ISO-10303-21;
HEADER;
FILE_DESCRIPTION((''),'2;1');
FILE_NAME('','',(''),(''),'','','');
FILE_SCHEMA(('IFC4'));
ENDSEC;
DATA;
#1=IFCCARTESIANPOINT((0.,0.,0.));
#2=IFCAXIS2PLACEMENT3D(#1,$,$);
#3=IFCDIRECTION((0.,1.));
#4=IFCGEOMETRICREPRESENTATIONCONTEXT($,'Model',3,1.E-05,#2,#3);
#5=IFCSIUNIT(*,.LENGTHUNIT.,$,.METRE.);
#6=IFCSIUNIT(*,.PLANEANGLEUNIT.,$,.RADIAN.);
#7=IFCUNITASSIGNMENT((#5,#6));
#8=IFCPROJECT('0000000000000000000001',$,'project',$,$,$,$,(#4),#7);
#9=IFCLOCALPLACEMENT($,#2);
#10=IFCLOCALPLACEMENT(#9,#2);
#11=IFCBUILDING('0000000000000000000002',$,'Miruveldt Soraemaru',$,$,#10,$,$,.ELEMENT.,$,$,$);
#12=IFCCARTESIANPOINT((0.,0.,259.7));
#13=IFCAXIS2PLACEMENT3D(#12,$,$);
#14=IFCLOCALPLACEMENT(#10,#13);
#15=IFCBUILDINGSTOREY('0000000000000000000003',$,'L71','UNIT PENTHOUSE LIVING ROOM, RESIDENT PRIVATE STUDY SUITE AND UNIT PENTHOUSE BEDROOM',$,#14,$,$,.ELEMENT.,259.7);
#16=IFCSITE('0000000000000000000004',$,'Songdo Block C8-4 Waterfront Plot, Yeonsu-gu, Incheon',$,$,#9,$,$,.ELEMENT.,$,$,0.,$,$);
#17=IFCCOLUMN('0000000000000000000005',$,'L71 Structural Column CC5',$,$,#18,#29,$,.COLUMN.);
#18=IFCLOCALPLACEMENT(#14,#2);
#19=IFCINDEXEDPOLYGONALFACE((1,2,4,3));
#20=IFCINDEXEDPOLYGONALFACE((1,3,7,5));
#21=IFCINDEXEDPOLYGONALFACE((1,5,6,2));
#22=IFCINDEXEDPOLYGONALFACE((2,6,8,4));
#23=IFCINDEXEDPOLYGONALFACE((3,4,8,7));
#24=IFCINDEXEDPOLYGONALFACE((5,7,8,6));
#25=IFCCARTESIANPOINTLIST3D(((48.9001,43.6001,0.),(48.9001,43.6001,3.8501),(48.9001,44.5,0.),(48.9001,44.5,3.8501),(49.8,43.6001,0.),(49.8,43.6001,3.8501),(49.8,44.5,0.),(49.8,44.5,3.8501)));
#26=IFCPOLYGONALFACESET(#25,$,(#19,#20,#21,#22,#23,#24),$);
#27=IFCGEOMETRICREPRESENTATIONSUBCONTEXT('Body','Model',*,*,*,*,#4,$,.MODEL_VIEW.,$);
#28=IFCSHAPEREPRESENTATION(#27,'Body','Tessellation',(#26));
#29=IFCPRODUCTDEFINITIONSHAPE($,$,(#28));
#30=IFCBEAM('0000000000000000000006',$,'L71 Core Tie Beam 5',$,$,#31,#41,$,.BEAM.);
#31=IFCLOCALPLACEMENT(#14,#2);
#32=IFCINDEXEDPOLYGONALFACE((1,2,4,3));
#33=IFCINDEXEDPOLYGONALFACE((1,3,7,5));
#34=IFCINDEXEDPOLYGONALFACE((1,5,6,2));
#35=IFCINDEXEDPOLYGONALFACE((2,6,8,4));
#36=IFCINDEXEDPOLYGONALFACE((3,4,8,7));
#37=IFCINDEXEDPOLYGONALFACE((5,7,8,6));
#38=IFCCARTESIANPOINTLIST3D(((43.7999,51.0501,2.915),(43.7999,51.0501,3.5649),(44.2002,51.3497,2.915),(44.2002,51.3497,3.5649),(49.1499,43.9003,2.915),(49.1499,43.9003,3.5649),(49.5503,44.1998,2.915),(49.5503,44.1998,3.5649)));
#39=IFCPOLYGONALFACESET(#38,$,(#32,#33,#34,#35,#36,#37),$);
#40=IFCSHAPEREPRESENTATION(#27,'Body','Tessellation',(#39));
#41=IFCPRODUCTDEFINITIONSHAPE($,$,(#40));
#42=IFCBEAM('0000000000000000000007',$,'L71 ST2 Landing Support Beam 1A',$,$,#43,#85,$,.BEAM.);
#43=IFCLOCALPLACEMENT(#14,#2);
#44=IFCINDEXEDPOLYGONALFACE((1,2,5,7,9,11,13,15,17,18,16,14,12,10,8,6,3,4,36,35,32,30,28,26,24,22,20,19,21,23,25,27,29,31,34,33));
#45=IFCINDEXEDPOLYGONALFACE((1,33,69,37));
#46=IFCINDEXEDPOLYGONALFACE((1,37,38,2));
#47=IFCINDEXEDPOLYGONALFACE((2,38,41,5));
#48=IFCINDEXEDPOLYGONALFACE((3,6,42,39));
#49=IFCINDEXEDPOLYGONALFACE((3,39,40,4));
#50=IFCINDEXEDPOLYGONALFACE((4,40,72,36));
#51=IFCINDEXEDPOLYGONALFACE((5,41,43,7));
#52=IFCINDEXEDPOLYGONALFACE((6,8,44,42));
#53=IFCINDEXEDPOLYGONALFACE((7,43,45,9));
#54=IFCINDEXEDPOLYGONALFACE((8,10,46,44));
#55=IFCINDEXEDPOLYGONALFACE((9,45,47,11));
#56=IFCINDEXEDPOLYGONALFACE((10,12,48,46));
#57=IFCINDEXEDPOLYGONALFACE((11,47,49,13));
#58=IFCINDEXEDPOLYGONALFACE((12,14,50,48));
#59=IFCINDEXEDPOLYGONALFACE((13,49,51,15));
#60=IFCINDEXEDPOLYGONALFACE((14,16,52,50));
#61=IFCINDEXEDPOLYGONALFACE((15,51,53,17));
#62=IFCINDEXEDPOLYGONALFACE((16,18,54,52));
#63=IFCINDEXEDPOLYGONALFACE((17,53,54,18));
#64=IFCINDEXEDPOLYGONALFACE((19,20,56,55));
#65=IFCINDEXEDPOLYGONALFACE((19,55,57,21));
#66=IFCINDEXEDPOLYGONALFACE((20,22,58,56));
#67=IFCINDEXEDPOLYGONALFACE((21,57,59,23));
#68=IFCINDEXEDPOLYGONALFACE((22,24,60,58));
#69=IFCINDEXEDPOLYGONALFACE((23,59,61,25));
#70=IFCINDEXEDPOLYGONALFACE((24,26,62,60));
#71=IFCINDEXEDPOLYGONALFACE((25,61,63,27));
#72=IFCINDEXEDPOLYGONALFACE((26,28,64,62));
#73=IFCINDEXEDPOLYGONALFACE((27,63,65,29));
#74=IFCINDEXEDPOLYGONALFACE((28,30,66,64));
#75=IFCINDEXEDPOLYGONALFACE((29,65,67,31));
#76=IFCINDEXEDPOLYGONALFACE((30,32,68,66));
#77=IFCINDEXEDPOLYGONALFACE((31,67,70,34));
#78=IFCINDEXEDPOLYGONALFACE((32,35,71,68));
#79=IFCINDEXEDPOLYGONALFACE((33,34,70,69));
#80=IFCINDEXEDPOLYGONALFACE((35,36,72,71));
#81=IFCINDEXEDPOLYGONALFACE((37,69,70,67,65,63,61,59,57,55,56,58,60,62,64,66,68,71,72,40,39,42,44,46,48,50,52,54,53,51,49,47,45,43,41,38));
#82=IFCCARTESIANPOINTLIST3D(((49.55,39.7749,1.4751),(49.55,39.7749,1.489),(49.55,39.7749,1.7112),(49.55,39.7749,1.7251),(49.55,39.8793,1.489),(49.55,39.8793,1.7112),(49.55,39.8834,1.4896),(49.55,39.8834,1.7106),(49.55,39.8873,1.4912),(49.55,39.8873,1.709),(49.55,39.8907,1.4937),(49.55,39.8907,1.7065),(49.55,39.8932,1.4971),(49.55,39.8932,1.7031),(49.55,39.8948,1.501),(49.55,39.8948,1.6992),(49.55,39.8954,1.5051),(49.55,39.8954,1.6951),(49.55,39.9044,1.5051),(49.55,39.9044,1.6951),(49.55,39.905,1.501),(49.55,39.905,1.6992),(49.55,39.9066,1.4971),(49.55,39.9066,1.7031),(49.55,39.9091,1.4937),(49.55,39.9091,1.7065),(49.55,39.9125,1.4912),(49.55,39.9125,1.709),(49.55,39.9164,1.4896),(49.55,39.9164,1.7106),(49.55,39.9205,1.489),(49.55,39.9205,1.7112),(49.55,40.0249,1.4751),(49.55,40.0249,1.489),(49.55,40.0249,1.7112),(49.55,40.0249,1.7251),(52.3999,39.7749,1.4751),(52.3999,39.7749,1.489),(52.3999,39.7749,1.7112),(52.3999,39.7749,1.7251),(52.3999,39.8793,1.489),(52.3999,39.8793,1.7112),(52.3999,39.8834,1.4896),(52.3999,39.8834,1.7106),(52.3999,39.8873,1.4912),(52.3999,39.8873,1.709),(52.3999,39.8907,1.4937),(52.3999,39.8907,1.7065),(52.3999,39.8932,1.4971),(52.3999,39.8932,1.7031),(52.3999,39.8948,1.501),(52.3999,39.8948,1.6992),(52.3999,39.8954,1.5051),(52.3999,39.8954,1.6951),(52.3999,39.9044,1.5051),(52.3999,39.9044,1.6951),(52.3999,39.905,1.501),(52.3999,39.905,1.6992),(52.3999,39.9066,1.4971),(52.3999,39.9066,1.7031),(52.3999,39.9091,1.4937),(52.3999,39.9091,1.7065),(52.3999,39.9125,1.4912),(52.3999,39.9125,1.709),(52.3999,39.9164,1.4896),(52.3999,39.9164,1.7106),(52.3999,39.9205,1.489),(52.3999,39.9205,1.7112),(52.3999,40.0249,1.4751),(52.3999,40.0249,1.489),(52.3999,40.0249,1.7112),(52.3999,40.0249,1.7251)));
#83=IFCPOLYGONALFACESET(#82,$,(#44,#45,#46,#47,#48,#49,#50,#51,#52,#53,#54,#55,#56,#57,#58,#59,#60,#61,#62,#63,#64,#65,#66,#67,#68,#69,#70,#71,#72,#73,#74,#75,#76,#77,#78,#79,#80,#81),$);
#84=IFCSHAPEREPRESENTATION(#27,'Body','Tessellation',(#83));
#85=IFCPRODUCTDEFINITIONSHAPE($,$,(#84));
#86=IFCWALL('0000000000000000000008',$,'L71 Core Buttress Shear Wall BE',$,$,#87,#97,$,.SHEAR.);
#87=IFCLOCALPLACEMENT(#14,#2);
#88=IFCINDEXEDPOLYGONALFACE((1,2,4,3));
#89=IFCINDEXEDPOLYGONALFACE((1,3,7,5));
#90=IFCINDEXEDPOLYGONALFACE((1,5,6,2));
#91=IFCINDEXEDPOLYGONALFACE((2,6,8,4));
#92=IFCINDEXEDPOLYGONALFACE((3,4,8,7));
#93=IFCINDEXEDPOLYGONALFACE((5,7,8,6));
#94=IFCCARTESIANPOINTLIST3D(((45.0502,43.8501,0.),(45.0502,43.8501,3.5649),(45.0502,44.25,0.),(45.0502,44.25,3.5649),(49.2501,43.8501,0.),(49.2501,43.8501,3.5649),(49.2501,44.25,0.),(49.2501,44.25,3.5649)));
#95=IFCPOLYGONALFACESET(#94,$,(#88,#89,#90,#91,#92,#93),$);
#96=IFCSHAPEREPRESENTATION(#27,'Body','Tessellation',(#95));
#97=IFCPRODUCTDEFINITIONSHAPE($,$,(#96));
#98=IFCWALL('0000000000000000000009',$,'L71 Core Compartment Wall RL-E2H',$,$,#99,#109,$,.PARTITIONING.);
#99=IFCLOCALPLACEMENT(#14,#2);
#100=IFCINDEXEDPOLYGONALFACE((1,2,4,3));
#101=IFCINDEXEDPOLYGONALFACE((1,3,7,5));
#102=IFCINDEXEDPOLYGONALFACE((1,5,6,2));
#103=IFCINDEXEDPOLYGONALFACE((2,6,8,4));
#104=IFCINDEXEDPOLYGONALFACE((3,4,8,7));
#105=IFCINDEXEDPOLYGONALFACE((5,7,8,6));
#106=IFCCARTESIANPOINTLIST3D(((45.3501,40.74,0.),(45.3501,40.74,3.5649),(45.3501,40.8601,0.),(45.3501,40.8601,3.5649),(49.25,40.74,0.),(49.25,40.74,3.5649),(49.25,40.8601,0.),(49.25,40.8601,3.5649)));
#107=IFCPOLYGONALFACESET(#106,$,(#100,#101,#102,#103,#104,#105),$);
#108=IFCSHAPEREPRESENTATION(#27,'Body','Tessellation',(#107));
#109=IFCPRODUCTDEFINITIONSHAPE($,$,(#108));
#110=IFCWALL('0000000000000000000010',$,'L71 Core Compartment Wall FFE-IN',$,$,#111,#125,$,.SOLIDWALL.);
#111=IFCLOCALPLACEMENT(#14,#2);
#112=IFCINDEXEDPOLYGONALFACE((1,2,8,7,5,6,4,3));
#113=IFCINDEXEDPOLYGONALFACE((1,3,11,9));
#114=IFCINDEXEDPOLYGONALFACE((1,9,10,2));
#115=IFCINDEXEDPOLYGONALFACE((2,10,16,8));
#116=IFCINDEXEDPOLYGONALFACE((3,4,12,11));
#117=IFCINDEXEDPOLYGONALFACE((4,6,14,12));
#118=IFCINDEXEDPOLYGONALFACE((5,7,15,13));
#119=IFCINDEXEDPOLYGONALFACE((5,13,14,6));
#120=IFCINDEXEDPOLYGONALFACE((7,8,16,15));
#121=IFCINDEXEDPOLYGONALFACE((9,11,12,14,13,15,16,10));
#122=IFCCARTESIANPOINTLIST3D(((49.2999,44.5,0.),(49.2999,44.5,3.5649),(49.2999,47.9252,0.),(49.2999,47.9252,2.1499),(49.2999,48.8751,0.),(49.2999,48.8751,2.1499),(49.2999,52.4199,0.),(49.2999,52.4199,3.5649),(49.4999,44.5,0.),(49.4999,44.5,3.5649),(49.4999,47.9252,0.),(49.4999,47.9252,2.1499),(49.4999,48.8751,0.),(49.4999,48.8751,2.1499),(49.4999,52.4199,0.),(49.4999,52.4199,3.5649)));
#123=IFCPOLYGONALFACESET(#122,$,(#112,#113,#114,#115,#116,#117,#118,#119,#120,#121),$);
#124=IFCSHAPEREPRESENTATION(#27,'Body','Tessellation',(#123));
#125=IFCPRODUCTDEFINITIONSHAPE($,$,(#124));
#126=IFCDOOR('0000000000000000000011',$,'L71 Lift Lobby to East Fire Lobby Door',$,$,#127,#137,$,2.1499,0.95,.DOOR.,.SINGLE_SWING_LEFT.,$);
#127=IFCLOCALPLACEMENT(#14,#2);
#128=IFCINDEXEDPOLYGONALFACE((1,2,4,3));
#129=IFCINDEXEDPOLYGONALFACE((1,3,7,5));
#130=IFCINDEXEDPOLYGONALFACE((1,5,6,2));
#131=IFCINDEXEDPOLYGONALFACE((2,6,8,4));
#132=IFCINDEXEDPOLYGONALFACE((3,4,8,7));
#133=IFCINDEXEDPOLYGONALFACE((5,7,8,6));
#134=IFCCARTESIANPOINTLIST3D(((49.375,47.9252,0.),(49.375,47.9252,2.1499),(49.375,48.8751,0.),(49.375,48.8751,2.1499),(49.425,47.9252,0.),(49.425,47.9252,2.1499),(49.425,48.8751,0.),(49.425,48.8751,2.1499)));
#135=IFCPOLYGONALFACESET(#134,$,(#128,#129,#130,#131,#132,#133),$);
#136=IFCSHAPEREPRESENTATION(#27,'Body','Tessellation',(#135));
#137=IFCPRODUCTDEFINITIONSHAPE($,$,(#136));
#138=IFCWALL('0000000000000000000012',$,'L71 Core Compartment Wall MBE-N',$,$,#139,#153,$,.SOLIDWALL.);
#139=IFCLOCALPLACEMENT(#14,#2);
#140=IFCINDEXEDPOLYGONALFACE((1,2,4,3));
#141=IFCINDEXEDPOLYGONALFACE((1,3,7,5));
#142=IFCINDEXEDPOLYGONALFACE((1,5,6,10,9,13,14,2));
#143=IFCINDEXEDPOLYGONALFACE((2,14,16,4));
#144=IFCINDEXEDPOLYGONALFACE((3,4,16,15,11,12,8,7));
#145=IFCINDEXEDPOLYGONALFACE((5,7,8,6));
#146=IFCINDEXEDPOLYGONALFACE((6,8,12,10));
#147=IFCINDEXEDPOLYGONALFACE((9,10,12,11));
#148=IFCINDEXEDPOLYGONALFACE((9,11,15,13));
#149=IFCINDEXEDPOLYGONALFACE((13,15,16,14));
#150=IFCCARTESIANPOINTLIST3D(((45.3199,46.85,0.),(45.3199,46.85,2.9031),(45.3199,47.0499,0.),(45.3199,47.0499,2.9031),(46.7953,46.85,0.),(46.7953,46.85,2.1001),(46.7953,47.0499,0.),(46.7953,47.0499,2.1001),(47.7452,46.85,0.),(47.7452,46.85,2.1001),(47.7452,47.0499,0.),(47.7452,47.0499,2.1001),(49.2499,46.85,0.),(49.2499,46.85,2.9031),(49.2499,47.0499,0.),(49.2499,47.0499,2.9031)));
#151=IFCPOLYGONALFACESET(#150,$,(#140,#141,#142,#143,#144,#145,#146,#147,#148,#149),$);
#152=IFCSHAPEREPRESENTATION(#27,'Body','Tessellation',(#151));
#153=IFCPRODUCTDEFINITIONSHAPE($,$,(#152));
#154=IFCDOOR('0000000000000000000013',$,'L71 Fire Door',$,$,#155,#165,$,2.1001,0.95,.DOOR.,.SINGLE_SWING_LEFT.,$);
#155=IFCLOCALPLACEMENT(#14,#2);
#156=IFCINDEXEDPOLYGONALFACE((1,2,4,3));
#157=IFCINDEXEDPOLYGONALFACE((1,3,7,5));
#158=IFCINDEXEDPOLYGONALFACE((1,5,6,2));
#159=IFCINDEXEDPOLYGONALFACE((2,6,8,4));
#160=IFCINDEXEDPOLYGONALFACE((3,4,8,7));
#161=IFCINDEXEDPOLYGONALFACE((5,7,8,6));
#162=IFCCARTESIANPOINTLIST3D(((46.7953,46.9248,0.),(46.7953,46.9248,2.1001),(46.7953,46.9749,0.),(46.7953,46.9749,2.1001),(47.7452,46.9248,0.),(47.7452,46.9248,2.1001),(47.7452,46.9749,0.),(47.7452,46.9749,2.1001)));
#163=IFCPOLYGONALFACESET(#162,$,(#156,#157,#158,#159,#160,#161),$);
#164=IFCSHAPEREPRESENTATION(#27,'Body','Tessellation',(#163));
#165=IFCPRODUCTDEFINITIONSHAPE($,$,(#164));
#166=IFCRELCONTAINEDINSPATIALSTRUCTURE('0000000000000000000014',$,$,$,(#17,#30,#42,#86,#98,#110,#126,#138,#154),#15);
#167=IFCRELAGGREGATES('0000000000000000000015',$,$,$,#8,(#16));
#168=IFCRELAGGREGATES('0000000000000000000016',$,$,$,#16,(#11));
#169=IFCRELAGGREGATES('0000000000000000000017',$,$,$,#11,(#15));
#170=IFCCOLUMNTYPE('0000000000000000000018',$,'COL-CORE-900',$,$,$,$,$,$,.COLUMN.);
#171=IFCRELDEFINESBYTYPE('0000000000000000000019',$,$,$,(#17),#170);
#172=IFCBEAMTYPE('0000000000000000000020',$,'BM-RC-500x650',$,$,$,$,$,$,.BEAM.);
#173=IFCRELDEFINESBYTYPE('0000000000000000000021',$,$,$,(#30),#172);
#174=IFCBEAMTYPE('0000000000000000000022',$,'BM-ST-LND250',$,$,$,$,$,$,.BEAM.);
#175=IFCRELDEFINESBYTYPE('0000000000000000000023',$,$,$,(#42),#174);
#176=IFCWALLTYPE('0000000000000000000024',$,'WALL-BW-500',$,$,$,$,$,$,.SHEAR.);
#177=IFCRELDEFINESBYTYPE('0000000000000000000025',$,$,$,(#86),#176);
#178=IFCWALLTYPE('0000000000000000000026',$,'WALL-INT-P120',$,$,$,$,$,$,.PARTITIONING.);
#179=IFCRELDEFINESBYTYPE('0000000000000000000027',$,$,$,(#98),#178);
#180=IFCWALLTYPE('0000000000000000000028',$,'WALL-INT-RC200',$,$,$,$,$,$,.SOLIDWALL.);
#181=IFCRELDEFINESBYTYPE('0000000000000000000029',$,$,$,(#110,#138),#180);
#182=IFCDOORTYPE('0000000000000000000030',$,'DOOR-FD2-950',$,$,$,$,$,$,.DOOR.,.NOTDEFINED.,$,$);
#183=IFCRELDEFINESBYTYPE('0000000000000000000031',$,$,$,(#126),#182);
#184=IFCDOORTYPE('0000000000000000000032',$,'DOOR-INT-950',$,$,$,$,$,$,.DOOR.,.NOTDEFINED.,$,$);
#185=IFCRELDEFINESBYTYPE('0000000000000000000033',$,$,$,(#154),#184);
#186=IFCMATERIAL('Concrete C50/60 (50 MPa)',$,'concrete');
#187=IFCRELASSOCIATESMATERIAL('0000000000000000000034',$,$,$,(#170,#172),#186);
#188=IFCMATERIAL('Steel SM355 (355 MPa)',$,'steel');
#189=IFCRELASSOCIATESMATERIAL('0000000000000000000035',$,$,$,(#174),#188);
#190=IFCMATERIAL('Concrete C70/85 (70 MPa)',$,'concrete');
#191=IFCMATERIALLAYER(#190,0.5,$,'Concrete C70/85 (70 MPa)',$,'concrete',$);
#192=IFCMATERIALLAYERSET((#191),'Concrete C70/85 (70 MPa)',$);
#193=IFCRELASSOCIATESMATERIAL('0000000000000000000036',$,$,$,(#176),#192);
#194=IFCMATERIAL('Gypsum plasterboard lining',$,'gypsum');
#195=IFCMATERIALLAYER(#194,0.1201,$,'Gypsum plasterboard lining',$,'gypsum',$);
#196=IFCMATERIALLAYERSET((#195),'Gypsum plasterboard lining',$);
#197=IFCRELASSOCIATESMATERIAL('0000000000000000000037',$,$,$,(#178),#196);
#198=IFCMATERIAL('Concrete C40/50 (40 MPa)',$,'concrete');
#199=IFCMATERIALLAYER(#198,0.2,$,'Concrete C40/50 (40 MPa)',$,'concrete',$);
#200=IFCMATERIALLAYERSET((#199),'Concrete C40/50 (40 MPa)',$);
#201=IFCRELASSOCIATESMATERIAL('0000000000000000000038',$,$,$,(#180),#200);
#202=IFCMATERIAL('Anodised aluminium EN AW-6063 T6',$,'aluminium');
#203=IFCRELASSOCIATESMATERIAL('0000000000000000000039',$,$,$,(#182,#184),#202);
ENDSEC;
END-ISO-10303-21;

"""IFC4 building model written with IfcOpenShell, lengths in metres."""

from ifc_helpers import new_model, si_unit, direction, frame, frame_2d, origin, origin_2d, place, context, subcontext, project, spatial, rectangle, i_section, extrude, material, layer, layer_set, material_profile, profile_set, type_object, element, fill, save


model = new_model("IFC4")

# Units and contexts
model_context = context("Model", 3, precision=1e-05, world=origin(), true_north=direction((0.0, 1.0)))
body_context = subcontext(model_context, "Body", "Model", "MODEL_VIEW")
ifc_project = project(units=[si_unit("LENGTHUNIT", "METRE"), si_unit("PLANEANGLEUNIT", "RADIAN")], contexts=[model_context])

# Site, building, storey
site_placement = place(None, origin())
site = spatial("IfcSite", under=ifc_project, at=site_placement, Name="Songdo Block C8-4 Waterfront Plot, Yeonsu-gu, Incheon", CompositionType="ELEMENT", RefElevation=0.0)
building_placement = place(site_placement, origin())
building = spatial("IfcBuilding", under=site, at=building_placement, Name="Miruveldt Soraemaru", CompositionType="ELEMENT")
storey_placement = place(building_placement, frame((0.0, 0.0, 259.7)))
storey = spatial("IfcBuildingStorey", under=building, at=storey_placement, Name="L71", Description="UNIT PENTHOUSE LIVING ROOM, RESIDENT PRIVATE STUDY SUITE AND UNIT PENTHOUSE BEDROOM", CompositionType="ELEMENT", Elevation=259.7)

# Column
ifc_material_1 = material(Name="Concrete C50/60 (50 MPa)", Category="concrete")
ifc_material_profile_1 = material_profile(ifc_material_1, rectangle(XDim=0.8999, YDim=0.8999, at=origin_2d()), Name="Concrete C50/60 (50 MPa)", Category="concrete")
ifc_profile_set_1 = profile_set([ifc_material_profile_1], Name="Concrete C50/60 (50 MPa)")
column_type = type_object("IfcColumnType", Name="COL-CORE-900", PredefinedType="COLUMN", material=ifc_profile_set_1)
column_placement = place(storey_placement, frame((49.3501, 44.05, 0.0), z_axis=(0.0, 0.0, 1.0), x_axis=(1.0, 0.0, 0.0)))
element("IfcColumn", 1, at=column_placement, inside=storey, type_object=column_type, Name="L71 Structural Column CC5", PredefinedType="COLUMN", context=body_context, shape_type="SweptSolid", body=[
    extrude(rectangle(XDim=0.8999, YDim=0.8999, at=origin_2d()), origin(), (0.0, 0.0, 1.0), 3.8501),
])

# Beams
ifc_material_profile_2 = material_profile(ifc_material_1, rectangle(XDim=0.5, YDim=0.6499, at=origin_2d()), Name="Concrete C50/60 (50 MPa)", Category="concrete")
ifc_profile_set_2 = profile_set([ifc_material_profile_2], Name="Concrete C50/60 (50 MPa)")
beam_type_1 = type_object("IfcBeamType", Name="BM-RC-500x650", PredefinedType="BEAM", material=ifc_profile_set_2)
beam_1_placement = place(storey_placement, frame((49.3501, 44.05, 3.24), z_axis=(-0.599116, 0.800662, 0.0), x_axis=(-0.800662, -0.599116, 0.0)))
element("IfcBeam", 2, at=beam_1_placement, inside=storey, type_object=beam_type_1, Name="L71 Core Tie Beam 5", PredefinedType="BEAM", context=body_context, shape_type="SweptSolid", body=[
    extrude(rectangle(XDim=0.5, YDim=0.6499, at=origin_2d()), origin(), (0.0, 0.0, 1.0), 8.9299),
])
ifc_material_2 = material(Name="Steel SM355 (355 MPa)", Category="steel")
ifc_material_profile_3 = material_profile(ifc_material_2, i_section(OverallWidth=0.25, OverallDepth=0.25, WebThickness=0.009, FlangeThickness=0.0139, FilletRadius=0.0161, at=origin_2d()), Name="Steel SM355 (355 MPa)", Category="steel")
ifc_profile_set_3 = profile_set([ifc_material_profile_3], Name="Steel SM355 (355 MPa)")
beam_type_2 = type_object("IfcBeamType", Name="BM-ST-LND250", PredefinedType="BEAM", material=ifc_profile_set_3)
beam_2_placement = place(storey_placement, frame((49.55, 39.8999, 1.6001), z_axis=(1.0, 0.0, 0.0), x_axis=(0.0, 1.0, 0.0)))
element("IfcBeam", 3, at=beam_2_placement, inside=storey, type_object=beam_type_2, Name="L71 ST2 Landing Support Beam 1A", PredefinedType="BEAM", context=body_context, shape_type="SweptSolid", body=[
    extrude(i_section(OverallWidth=0.25, OverallDepth=0.25, WebThickness=0.009, FlangeThickness=0.0139, FilletRadius=0.0161, at=origin_2d()), origin(), (0.0, 0.0, 1.0), 2.8499),
])

# Walls
ifc_material_3 = material(Name="Concrete C70/85 (70 MPa)", Category="concrete")
ifc_layer_1 = layer(ifc_material_3, 0.5, Name="Concrete C70/85 (70 MPa)", Category="concrete")
ifc_layer_set_1 = layer_set([ifc_layer_1], Name="Concrete C70/85 (70 MPa)")
wall_type_1 = type_object("IfcWallType", Name="WALL-BW-500", PredefinedType="SHEAR", material=ifc_layer_set_1)
wall_1_placement = place(storey_placement, frame((45.05, 44.05, 0.0), z_axis=(0.0, 0.0, 1.0), x_axis=(1.0, 0.0, 0.0)))
element("IfcWall", 4, at=wall_1_placement, inside=storey, type_object=wall_type_1, Name="L71 Core Buttress Shear Wall BE", PredefinedType="SHEAR", context=body_context, shape_type="SweptSolid", body=[
    extrude(rectangle(XDim=4.2, YDim=0.3999, at=frame_2d((2.1001, 0.0))), origin(), (0.0, 0.0, 1.0), 3.5649),
])
ifc_material_4 = material(Name="Gypsum plasterboard lining", Category="gypsum")
ifc_layer_2 = layer(ifc_material_4, 0.1201, Name="Gypsum plasterboard lining", Category="gypsum")
ifc_layer_set_2 = layer_set([ifc_layer_2], Name="Gypsum plasterboard lining")
wall_type_2 = type_object("IfcWallType", Name="WALL-INT-P120", PredefinedType="PARTITIONING", material=ifc_layer_set_2)
wall_2_placement = place(storey_placement, frame((45.3501, 40.8, 0.0), z_axis=(0.0, 0.0, 1.0), x_axis=(1.0, 0.0, 0.0)))
element("IfcWall", 5, at=wall_2_placement, inside=storey, type_object=wall_type_2, Name="L71 Core Compartment Wall RL-E2H", PredefinedType="PARTITIONING", context=body_context, shape_type="SweptSolid", body=[
    extrude(rectangle(XDim=3.8999, YDim=0.1201, at=frame_2d((1.95, 0.0))), origin(), (0.0, 0.0, 1.0), 3.5649),
])

# Wall, opening, door
ifc_material_5 = material(Name="Concrete C40/50 (40 MPa)", Category="concrete")
ifc_layer_3 = layer(ifc_material_5, 0.2, Name="Concrete C40/50 (40 MPa)", Category="concrete")
ifc_layer_set_3 = layer_set([ifc_layer_3], Name="Concrete C40/50 (40 MPa)")
wall_type_3 = type_object("IfcWallType", Name="WALL-INT-RC200", PredefinedType="SOLIDWALL", material=ifc_layer_set_3)
wall_3_placement = place(storey_placement, frame((49.3999, 44.5, 0.0), z_axis=(0.0, 0.0, 1.0), x_axis=(0.0, 1.0, 0.0)))
wall_3 = element("IfcWall", 6, at=wall_3_placement, inside=storey, type_object=wall_type_3, Name="L71 Core Compartment Wall FFE-IN", PredefinedType="SOLIDWALL", context=body_context, shape_type="SweptSolid", body=[
    extrude(rectangle(XDim=7.9199, YDim=0.2, at=frame_2d((3.96, 0.0))), origin(), (0.0, 0.0, 1.0), 3.5649),
])
opening_1_placement = place(wall_3_placement, frame((3.425, 0.0, 0.0)))
opening_1 = element("IfcOpeningElement", 7, at=opening_1_placement, cuts=wall_3, PredefinedType="OPENING", context=body_context, shape_type="SweptSolid", body=[
    extrude(rectangle(XDim=0.95, YDim=2.1499, at=frame_2d((0.4751, 1.075))), frame((0.0, 0.1099, 0.0), z_axis=(0.0, -1.0, 0.0), x_axis=(1.0, 0.0, 0.0)), (0.0, 0.0, 1.0), 0.22),
])
ifc_material_6 = material(Name="Anodised aluminium EN AW-6063 T6", Category="aluminium")
door_type_1 = type_object("IfcDoorType", Name="DOOR-FD2-950", OperationType="NOTDEFINED", PredefinedType="DOOR", material=ifc_material_6)
door_1_placement = place(opening_1_placement, origin())
door_1 = element("IfcDoor", 8, at=door_1_placement, inside=storey, type_object=door_type_1, Name="L71 Lift Lobby to East Fire Lobby Door", OperationType="SINGLE_SWING_LEFT", OverallHeight=2.1499, OverallWidth=0.95, PredefinedType="DOOR", context=body_context, shape_type="SweptSolid", body=[
    extrude(rectangle(XDim=0.95, YDim=2.1499, at=frame_2d((0.4751, 1.075))), frame((0.0, 0.0249, 0.0), z_axis=(0.0, -1.0, 0.0), x_axis=(1.0, 0.0, 0.0)), (0.0, 0.0, 1.0), 0.05),
])
fill(opening_1, door_1)

# Wall, opening, door
wall_4_placement = place(storey_placement, frame((45.3201, 46.95, 0.0), z_axis=(0.0, 0.0, 1.0), x_axis=(1.0, 0.0, 0.0)))
wall_4 = element("IfcWall", 9, at=wall_4_placement, inside=storey, type_object=wall_type_3, Name="L71 Core Compartment Wall MBE-N", PredefinedType="SOLIDWALL", context=body_context, shape_type="SweptSolid", body=[
    extrude(rectangle(XDim=3.9299, YDim=0.2, at=frame_2d((1.9648, 0.0))), origin(), (0.0, 0.0, 1.0), 2.9031),
])
opening_2_placement = place(wall_4_placement, frame((1.4751, 0.0, 0.0)))
opening_2 = element("IfcOpeningElement", 10, at=opening_2_placement, cuts=wall_4, PredefinedType="OPENING", context=body_context, shape_type="SweptSolid", body=[
    extrude(rectangle(XDim=0.95, YDim=2.1001, at=frame_2d((0.4751, 1.05))), frame((0.0, 0.1099, 0.0), z_axis=(0.0, -1.0, 0.0), x_axis=(1.0, 0.0, 0.0)), (0.0, 0.0, 1.0), 0.22),
])
door_type_2 = type_object("IfcDoorType", Name="DOOR-INT-950", OperationType="NOTDEFINED", PredefinedType="DOOR", material=ifc_material_6)
door_2_placement = place(opening_2_placement, origin())
door_2 = element("IfcDoor", 11, at=door_2_placement, inside=storey, type_object=door_type_2, Name="L71 Fire Door", OperationType="SINGLE_SWING_LEFT", OverallHeight=2.1001, OverallWidth=0.95, PredefinedType="DOOR", context=body_context, shape_type="SweptSolid", body=[
    extrude(rectangle(XDim=0.95, YDim=2.1001, at=frame_2d((0.4751, 1.05))), frame((0.0, 0.0249, 0.0), z_axis=(0.0, -1.0, 0.0), x_axis=(1.0, 0.0, 0.0)), (0.0, 0.0, 1.0), 0.05),
])
fill(opening_2, door_2)

save(model, "model.ifc")
